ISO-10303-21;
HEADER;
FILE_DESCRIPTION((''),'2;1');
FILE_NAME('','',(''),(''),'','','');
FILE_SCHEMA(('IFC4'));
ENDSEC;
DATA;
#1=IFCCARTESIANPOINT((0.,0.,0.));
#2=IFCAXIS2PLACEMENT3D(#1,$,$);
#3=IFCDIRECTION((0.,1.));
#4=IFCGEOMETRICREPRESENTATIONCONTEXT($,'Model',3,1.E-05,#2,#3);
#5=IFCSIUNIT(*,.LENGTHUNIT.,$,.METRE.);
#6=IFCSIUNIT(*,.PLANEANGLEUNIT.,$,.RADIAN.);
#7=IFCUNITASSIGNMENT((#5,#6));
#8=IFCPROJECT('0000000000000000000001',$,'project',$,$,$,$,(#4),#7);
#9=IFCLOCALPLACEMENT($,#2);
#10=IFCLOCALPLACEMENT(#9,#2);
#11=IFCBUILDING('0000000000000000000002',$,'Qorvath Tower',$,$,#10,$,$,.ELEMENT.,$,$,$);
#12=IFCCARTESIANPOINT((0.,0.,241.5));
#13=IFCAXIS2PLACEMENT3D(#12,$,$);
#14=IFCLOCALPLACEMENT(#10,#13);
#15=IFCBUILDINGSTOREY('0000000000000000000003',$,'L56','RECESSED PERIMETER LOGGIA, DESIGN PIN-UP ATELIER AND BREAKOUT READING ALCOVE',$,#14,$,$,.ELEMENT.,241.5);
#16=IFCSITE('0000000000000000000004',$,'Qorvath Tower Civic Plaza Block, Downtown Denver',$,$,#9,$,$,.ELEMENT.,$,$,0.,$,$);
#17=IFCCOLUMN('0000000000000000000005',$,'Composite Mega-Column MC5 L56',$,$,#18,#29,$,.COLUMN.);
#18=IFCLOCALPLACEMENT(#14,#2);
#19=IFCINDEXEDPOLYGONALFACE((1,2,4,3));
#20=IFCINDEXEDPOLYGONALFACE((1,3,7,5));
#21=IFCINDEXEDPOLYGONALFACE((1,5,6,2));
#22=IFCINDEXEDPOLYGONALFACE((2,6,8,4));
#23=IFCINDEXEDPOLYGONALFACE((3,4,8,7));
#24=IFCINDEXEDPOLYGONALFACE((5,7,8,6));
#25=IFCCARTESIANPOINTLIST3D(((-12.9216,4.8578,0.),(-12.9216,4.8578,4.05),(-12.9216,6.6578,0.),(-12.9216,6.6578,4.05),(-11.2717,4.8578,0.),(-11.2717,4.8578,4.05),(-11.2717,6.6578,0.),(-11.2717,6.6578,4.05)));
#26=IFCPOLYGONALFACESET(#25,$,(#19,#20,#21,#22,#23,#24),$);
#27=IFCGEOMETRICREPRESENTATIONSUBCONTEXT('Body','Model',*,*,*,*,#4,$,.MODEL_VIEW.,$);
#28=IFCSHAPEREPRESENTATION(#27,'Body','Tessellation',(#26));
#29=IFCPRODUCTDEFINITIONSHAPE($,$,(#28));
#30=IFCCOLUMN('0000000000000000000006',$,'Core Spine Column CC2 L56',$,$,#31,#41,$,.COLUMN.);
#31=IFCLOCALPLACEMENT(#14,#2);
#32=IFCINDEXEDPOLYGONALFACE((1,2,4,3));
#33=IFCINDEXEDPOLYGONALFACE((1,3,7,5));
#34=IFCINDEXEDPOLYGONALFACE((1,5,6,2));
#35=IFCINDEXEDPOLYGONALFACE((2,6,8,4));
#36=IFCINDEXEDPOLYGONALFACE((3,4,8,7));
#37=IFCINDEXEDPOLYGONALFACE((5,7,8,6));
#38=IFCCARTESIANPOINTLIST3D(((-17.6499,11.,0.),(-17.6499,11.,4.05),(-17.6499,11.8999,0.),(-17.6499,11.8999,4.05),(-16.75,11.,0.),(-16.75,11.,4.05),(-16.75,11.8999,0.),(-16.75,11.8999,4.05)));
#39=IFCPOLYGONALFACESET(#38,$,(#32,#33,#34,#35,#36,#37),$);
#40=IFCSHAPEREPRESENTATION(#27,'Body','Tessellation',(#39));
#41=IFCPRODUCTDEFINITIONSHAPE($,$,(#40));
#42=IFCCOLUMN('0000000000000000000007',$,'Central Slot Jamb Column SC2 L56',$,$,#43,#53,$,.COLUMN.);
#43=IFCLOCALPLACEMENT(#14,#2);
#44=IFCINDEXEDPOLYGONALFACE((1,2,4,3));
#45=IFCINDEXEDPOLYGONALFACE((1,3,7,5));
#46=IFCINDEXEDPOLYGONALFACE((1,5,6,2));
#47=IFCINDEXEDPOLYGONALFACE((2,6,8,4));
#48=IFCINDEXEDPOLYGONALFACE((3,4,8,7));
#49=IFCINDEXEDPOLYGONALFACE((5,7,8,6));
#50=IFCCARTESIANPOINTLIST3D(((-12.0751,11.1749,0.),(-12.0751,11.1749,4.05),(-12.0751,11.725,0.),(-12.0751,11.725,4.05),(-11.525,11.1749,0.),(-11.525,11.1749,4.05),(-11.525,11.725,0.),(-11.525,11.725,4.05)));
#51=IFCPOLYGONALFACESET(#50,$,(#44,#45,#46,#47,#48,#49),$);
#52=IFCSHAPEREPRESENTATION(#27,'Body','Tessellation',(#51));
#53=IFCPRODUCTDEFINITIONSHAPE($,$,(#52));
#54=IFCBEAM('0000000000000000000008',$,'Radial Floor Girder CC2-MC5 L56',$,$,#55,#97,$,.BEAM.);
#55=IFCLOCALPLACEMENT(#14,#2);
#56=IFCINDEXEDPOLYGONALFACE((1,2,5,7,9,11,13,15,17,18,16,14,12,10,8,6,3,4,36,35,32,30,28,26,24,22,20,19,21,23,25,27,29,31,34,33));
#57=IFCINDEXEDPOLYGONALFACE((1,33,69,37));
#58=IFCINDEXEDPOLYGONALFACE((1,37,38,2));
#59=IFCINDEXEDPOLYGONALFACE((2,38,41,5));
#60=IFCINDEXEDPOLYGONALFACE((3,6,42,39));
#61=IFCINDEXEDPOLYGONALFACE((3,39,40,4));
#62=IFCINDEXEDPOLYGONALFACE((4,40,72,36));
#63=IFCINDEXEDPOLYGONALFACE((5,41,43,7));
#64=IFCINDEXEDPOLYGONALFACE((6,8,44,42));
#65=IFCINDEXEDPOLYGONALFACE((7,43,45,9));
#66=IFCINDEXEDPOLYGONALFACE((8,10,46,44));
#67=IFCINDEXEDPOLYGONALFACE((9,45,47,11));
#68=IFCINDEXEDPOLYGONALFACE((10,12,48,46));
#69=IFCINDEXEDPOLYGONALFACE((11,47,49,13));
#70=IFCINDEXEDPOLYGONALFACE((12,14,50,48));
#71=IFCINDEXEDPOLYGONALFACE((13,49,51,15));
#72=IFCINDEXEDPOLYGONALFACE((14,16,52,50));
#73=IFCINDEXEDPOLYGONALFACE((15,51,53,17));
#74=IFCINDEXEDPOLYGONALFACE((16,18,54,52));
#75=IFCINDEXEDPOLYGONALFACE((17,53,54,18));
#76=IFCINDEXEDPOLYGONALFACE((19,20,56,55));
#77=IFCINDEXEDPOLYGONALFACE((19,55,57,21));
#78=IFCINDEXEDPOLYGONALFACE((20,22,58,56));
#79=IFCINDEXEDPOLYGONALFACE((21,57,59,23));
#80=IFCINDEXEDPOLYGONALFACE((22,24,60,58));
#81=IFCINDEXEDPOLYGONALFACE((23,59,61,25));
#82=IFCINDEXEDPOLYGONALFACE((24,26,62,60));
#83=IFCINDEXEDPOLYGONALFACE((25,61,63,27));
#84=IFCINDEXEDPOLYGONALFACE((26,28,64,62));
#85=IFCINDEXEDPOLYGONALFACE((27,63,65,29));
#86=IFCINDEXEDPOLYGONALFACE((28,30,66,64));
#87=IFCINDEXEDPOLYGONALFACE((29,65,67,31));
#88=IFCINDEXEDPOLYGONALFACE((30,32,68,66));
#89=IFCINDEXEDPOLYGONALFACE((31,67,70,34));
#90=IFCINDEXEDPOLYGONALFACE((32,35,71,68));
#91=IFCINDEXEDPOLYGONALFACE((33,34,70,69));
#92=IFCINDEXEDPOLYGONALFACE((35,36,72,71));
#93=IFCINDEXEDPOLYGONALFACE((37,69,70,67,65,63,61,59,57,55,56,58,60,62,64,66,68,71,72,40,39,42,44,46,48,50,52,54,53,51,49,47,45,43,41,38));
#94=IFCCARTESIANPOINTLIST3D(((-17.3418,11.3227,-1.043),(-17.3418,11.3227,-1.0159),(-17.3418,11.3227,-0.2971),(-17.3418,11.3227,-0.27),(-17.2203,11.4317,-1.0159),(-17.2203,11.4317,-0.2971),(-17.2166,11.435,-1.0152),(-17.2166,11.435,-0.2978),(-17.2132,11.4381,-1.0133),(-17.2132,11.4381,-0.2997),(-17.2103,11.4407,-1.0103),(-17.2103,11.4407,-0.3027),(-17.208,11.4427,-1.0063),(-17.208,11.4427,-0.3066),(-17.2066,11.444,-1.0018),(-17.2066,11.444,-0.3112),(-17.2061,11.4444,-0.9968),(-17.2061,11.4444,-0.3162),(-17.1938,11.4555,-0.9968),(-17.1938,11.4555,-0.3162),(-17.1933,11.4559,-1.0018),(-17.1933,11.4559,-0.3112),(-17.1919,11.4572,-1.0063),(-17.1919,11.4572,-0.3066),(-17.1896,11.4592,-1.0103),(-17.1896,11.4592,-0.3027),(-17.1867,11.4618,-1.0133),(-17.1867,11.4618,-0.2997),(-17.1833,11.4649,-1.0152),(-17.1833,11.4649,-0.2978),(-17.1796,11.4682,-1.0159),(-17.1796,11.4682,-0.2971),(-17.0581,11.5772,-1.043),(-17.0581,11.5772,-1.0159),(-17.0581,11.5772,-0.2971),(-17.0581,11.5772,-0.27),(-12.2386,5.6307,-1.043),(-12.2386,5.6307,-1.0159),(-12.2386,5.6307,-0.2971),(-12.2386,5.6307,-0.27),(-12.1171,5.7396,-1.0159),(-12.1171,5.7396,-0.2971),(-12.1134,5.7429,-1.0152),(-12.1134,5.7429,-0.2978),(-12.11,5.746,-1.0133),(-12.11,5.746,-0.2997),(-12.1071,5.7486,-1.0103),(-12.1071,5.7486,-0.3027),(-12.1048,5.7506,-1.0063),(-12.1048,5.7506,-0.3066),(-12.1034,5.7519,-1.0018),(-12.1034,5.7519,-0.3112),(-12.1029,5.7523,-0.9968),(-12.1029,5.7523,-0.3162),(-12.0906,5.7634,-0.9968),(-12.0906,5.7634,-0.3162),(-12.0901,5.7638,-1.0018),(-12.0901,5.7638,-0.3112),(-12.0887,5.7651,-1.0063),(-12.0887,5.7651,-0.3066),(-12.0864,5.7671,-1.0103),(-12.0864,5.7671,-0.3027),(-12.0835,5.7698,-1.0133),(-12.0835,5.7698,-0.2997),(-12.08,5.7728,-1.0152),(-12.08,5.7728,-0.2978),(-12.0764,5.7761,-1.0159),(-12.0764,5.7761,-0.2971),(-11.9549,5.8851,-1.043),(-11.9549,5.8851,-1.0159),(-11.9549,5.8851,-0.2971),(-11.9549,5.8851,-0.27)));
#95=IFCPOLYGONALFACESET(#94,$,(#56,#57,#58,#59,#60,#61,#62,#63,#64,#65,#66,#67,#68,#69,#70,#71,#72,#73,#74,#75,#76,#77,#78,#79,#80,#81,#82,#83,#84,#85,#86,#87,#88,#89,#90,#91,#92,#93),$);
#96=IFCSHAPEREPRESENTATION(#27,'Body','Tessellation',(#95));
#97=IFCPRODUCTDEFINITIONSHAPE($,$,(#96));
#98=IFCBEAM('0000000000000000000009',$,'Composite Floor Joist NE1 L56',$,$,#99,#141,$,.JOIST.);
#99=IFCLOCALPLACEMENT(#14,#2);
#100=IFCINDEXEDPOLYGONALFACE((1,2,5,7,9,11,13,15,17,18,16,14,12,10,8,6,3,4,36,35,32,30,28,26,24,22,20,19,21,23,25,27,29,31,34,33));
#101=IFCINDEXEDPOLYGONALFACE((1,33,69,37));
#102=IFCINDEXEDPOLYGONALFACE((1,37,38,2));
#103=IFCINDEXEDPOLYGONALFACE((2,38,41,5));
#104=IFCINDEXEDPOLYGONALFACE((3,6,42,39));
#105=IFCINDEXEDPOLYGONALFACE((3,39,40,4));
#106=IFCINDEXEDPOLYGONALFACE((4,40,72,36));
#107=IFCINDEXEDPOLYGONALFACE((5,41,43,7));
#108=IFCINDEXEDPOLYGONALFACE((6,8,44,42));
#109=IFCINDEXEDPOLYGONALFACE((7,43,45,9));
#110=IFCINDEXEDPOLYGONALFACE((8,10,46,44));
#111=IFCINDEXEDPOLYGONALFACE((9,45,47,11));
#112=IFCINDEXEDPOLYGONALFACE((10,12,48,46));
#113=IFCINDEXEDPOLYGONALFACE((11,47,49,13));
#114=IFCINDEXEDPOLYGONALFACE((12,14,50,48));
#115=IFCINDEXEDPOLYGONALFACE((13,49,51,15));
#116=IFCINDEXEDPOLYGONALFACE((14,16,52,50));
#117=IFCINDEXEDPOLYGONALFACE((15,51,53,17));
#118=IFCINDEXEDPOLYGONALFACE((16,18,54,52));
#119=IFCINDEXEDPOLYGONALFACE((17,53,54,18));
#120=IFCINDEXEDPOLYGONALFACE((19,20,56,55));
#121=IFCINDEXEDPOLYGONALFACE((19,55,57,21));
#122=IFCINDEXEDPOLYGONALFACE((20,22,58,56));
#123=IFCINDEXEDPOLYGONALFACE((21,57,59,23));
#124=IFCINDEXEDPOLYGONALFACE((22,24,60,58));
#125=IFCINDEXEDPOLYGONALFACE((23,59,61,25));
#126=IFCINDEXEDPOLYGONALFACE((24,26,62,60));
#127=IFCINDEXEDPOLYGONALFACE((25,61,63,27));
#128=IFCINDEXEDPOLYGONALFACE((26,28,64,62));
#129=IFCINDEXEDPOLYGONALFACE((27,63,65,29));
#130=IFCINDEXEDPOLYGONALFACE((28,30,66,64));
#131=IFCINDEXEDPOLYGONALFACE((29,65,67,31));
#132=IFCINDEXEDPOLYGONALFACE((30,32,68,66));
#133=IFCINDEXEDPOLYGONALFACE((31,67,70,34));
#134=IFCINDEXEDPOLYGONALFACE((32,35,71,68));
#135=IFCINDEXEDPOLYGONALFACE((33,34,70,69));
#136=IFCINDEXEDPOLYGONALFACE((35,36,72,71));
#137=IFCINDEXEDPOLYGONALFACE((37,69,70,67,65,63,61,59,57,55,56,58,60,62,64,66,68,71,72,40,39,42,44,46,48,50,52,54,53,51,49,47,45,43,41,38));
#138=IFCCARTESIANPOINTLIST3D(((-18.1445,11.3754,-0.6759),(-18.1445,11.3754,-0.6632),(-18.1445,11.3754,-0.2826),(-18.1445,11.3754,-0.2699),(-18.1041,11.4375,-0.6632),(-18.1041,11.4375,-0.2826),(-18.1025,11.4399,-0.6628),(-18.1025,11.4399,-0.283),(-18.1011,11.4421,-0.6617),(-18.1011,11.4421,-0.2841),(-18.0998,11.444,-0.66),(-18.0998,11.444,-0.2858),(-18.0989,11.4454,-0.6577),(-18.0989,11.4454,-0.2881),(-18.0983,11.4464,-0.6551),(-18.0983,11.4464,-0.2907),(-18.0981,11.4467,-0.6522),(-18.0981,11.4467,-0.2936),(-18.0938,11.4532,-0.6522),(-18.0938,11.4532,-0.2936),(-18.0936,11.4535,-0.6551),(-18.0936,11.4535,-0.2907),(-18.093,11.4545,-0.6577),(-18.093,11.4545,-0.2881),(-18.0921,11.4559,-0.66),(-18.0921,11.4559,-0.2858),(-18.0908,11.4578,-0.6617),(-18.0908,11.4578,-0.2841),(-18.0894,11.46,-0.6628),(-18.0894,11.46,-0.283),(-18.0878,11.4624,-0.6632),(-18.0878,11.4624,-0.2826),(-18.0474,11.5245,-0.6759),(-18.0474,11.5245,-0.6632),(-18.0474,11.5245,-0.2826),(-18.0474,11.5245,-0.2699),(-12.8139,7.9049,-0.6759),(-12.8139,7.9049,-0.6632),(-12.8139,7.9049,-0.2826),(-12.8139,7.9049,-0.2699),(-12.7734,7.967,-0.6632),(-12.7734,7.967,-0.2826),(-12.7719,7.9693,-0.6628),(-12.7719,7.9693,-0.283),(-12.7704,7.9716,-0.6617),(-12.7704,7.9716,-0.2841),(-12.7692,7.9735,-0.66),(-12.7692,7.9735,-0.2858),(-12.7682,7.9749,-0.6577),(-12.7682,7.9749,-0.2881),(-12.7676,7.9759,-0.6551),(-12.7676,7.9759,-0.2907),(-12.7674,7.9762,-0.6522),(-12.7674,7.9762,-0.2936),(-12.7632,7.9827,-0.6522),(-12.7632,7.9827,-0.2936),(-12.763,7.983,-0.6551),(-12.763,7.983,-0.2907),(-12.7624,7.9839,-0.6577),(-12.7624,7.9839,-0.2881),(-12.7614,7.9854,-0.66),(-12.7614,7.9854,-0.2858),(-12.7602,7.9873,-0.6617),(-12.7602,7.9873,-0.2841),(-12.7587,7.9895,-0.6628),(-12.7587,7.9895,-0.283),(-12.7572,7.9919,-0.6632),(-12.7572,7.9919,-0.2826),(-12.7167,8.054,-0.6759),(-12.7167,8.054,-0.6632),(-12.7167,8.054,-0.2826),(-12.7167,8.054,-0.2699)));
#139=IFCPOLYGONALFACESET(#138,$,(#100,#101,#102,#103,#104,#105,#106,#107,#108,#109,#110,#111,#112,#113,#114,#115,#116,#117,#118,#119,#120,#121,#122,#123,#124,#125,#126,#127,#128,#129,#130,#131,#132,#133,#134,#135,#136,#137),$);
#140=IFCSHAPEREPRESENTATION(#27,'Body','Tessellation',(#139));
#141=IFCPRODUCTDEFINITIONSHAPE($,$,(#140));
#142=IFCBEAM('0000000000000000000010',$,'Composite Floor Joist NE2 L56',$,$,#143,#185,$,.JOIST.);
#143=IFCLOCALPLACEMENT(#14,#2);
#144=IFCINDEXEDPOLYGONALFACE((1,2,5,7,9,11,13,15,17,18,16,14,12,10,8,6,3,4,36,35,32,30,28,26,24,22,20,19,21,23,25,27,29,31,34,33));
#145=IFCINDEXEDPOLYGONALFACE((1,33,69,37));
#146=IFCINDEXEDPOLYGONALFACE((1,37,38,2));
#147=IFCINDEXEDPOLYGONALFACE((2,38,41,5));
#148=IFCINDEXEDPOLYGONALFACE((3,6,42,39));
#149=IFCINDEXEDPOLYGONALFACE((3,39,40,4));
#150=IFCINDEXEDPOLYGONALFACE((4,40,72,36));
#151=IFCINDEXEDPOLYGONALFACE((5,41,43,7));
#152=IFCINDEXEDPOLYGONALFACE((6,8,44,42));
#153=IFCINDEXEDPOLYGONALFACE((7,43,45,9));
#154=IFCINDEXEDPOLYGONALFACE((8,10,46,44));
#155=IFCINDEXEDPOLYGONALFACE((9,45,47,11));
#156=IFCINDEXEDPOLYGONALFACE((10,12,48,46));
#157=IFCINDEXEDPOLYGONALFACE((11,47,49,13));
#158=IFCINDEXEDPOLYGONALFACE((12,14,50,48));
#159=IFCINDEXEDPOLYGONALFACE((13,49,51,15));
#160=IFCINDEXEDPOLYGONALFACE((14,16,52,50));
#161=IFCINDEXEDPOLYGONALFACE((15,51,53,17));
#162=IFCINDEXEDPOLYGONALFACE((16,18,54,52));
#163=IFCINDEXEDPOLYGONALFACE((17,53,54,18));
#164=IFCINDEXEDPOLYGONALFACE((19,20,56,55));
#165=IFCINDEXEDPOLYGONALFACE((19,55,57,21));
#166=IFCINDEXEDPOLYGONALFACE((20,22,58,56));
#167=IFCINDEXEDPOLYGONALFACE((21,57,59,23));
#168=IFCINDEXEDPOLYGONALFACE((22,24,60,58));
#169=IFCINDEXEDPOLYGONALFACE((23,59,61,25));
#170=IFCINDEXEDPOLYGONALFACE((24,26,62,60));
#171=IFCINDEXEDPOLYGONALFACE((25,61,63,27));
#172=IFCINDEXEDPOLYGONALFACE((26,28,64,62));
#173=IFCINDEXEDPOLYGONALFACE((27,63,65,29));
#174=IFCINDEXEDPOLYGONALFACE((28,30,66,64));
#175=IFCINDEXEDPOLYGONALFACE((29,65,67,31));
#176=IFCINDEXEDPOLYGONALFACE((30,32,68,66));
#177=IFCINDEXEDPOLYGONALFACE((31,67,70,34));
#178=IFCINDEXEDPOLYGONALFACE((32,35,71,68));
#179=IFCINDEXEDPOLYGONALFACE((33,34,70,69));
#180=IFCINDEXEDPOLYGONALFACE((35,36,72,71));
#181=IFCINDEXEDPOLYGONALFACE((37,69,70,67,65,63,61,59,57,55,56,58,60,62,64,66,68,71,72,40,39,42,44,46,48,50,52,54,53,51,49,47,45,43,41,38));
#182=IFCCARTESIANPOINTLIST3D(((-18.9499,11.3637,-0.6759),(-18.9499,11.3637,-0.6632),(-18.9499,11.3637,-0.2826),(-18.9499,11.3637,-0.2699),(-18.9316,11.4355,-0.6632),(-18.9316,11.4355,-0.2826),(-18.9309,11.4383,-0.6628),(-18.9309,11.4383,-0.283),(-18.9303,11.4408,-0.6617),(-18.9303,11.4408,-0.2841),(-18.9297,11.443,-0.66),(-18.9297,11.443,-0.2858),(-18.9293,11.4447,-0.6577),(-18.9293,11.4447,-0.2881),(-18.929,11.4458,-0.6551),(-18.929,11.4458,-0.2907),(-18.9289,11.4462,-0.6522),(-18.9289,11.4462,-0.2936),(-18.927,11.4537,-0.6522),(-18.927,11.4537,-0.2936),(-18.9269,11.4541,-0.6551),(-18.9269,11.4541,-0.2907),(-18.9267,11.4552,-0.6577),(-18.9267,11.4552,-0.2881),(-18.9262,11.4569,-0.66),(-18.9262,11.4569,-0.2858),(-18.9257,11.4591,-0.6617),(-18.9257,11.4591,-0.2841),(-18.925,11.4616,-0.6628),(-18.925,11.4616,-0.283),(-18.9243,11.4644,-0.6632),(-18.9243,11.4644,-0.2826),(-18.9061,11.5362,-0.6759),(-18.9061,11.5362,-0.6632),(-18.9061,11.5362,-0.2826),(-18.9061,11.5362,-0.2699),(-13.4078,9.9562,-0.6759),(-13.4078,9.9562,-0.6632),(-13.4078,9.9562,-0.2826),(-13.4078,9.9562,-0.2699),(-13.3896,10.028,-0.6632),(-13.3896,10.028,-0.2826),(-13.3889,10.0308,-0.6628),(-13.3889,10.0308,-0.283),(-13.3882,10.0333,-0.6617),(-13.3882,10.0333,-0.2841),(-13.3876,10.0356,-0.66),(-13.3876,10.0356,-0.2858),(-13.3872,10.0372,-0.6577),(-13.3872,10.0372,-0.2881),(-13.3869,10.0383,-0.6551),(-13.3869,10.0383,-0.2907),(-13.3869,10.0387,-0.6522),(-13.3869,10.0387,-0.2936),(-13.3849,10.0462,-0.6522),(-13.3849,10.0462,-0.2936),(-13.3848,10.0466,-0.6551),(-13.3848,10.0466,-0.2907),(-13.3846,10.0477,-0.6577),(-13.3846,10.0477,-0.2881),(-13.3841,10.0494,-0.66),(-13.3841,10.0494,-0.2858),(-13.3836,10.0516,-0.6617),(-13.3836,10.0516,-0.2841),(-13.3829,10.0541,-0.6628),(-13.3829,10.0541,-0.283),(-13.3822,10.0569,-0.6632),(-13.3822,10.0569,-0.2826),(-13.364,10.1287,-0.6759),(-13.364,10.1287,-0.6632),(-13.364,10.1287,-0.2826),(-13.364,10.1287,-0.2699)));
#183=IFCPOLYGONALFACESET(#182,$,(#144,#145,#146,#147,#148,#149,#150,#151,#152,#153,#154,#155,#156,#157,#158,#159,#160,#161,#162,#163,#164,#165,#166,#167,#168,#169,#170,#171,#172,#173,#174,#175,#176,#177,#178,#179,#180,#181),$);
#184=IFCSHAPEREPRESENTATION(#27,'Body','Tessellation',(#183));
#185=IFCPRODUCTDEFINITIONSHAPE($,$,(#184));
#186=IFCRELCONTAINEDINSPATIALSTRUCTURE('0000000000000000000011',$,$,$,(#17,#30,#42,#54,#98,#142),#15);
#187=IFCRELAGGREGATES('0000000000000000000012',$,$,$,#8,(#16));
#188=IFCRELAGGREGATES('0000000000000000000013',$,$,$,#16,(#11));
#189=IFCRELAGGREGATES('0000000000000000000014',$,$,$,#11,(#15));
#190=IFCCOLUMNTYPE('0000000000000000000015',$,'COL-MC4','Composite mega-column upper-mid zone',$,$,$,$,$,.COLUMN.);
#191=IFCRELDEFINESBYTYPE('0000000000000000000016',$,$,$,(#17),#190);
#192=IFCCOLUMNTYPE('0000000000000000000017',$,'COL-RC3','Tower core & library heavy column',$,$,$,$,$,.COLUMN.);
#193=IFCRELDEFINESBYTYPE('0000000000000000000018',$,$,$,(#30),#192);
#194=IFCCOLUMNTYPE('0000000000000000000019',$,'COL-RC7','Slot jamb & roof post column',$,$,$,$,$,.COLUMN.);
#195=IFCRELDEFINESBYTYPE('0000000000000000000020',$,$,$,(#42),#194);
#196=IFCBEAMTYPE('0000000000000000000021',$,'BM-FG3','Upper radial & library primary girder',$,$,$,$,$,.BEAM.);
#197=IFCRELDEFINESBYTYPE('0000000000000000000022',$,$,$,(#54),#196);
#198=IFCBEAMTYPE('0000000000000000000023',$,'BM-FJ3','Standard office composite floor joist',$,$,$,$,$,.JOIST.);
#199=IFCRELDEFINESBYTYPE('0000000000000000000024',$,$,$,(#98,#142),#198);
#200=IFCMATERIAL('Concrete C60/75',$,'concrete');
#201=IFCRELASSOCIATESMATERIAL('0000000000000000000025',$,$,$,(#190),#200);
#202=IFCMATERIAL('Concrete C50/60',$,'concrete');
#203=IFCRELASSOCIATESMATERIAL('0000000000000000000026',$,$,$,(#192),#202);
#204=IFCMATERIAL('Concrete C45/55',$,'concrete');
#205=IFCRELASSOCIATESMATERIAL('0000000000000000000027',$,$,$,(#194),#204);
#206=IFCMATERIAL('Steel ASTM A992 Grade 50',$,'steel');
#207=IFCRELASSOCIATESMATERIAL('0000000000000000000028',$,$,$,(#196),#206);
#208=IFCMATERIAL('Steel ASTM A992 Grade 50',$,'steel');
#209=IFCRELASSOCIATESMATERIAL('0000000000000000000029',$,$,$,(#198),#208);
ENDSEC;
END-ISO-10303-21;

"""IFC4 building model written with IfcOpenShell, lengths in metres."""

from ifc_helpers import new_model, si_unit, direction, frame, origin, origin_2d, place, context, subcontext, project, spatial, rectangle, i_section, extrude, material, material_profile, profile_set, type_object, element, save


model = new_model("IFC4")

# Units and contexts
model_context = context("Model", 3, precision=1e-05, world=origin(), true_north=direction((0.0, 1.0)))
body_context = subcontext(model_context, "Body", "Model", "MODEL_VIEW")
ifc_project = project(units=[si_unit("LENGTHUNIT", "METRE"), si_unit("PLANEANGLEUNIT", "RADIAN")], contexts=[model_context])

# Site, building, storey
site_placement = place(None, origin())
site = spatial("IfcSite", under=ifc_project, at=site_placement, Name="Qorvath Tower Civic Plaza Block, Downtown Denver", CompositionType="ELEMENT", RefElevation=0.0)
building_placement = place(site_placement, origin())
building = spatial("IfcBuilding", under=site, at=building_placement, Name="Qorvath Tower", CompositionType="ELEMENT")
storey_placement = place(building_placement, frame((0.0, 0.0, 241.5)))
storey = spatial("IfcBuildingStorey", under=building, at=storey_placement, Name="L56", Description="RECESSED PERIMETER LOGGIA, DESIGN PIN-UP ATELIER AND BREAKOUT READING ALCOVE", CompositionType="ELEMENT", Elevation=241.5)

# Columns
ifc_material_1 = material(Name="Concrete C60/75", Category="concrete")
ifc_material_profile_1 = material_profile(ifc_material_1, rectangle(XDim=1.6499, YDim=1.8, at=origin_2d()), Name="MC 1800x1650")
ifc_profile_set_1 = profile_set([ifc_material_profile_1], Name="Concrete C60/75")
column_type_1 = type_object("IfcColumnType", Name="COL-MC4", Description="Composite mega-column upper-mid zone", PredefinedType="COLUMN", material=ifc_profile_set_1)
column_1_placement = place(storey_placement, frame((-12.0967, 5.7578, 0.0), z_axis=(0.0, 0.0, 1.0), x_axis=(1.0, 0.0, 0.0)))
element("IfcColumn", 1, at=column_1_placement, inside=storey, type_object=column_type_1, Name="Composite Mega-Column MC5 L56", PredefinedType="COLUMN", context=body_context, shape_type="SweptSolid", body=[
    extrude(rectangle(XDim=1.6499, YDim=1.8, at=origin_2d()), origin(), (0.0, 0.0, 1.0), 4.05),
])
ifc_material_2 = material(Name="Concrete C50/60", Category="concrete")
ifc_material_profile_2 = material_profile(ifc_material_2, rectangle(XDim=0.8999, YDim=0.8999, at=origin_2d()), Name="RC 900x900")
ifc_profile_set_2 = profile_set([ifc_material_profile_2], Name="Concrete C50/60")
column_type_2 = type_object("IfcColumnType", Name="COL-RC3", Description="Tower core & library heavy column", PredefinedType="COLUMN", material=ifc_profile_set_2)
column_2_placement = place(storey_placement, frame((-17.2, 11.45, 0.0), z_axis=(0.0, 0.0, 1.0), x_axis=(1.0, 0.0, 0.0)))
element("IfcColumn", 2, at=column_2_placement, inside=storey, type_object=column_type_2, Name="Core Spine Column CC2 L56", PredefinedType="COLUMN", context=body_context, shape_type="SweptSolid", body=[
    extrude(rectangle(XDim=0.8999, YDim=0.8999, at=origin_2d()), origin(), (0.0, 0.0, 1.0), 4.05),
])
ifc_material_3 = material(Name="Concrete C45/55", Category="concrete")
ifc_material_profile_3 = material_profile(ifc_material_3, rectangle(XDim=0.55, YDim=0.55, at=origin_2d()), Name="RC 550x550")
ifc_profile_set_3 = profile_set([ifc_material_profile_3], Name="Concrete C45/55")
column_type_3 = type_object("IfcColumnType", Name="COL-RC7", Description="Slot jamb & roof post column", PredefinedType="COLUMN", material=ifc_profile_set_3)
column_3_placement = place(storey_placement, frame((-11.8, 11.45, 0.0), z_axis=(0.0, 0.0, 1.0), x_axis=(1.0, 0.0, 0.0)))
element("IfcColumn", 3, at=column_3_placement, inside=storey, type_object=column_type_3, Name="Central Slot Jamb Column SC2 L56", PredefinedType="COLUMN", context=body_context, shape_type="SweptSolid", body=[
    extrude(rectangle(XDim=0.55, YDim=0.55, at=origin_2d()), origin(), (0.0, 0.0, 1.0), 4.05),
])

# Beams
ifc_material_4 = material(Name="Steel ASTM A992 Grade 50", Category="steel")
ifc_material_profile_4 = material_profile(ifc_material_4, i_section(OverallWidth=0.3811, OverallDepth=0.7729, WebThickness=0.0166, FlangeThickness=0.0271, FilletRadius=0.019, at=origin_2d()), Name="W30x173")
ifc_profile_set_4 = profile_set([ifc_material_profile_4], Name="Steel ASTM A992 Grade 50")
beam_type_1 = type_object("IfcBeamType", Name="BM-FG3", Description="Upper radial & library primary girder", PredefinedType="BEAM", material=ifc_profile_set_4)
beam_1_placement = place(storey_placement, frame((-17.2, 11.45, -0.6565), z_axis=(0.667543, -0.744571, 0.0), x_axis=(0.744571, 0.667543, 0.0)))
element("IfcBeam", 4, at=beam_1_placement, inside=storey, type_object=beam_type_1, Name="Radial Floor Girder CC2-MC5 L56", PredefinedType="BEAM", context=body_context, shape_type="SweptSolid", body=[
    extrude(i_section(OverallWidth=0.3811, OverallDepth=0.7729, WebThickness=0.0166, FlangeThickness=0.0271, FilletRadius=0.019, at=origin_2d()), origin(), (0.0, 0.0, 1.0), 7.6448),
])
ifc_material_5 = material(Name="Steel ASTM A992 Grade 50", Category="steel")
ifc_material_profile_5 = material_profile(ifc_material_5, i_section(OverallWidth=0.178, OverallDepth=0.406, WebThickness=0.0078, FlangeThickness=0.0127, FilletRadius=0.011, at=origin_2d()), Name="W16x40")
ifc_profile_set_5 = profile_set([ifc_material_profile_5], Name="Steel ASTM A992 Grade 50")
beam_type_2 = type_object("IfcBeamType", Name="BM-FJ3", Description="Standard office composite floor joist", PredefinedType="JOIST", material=ifc_profile_set_5)
beam_2_placement = place(storey_placement, frame((-18.0959, 11.45, -0.4729), z_axis=(0.838042, -0.545606, 0.0), x_axis=(0.545606, 0.838042, 0.0)))
element("IfcBeam", 5, at=beam_2_placement, inside=storey, type_object=beam_type_2, Name="Composite Floor Joist NE1 L56", PredefinedType="JOIST", context=body_context, shape_type="SweptSolid", body=[
    extrude(i_section(OverallWidth=0.178, OverallDepth=0.406, WebThickness=0.0078, FlangeThickness=0.0127, FilletRadius=0.011, at=origin_2d()), origin(), (0.0, 0.0, 1.0), 6.3608),
])
beam_3_placement = place(storey_placement, frame((-18.928, 11.45, -0.4729), z_axis=(0.969232, -0.246151, 0.0), x_axis=(0.246151, 0.969232, 0.0)))
element("IfcBeam", 6, at=beam_3_placement, inside=storey, type_object=beam_type_2, Name="Composite Floor Joist NE2 L56", PredefinedType="JOIST", context=body_context, shape_type="SweptSolid", body=[
    extrude(i_section(OverallWidth=0.178, OverallDepth=0.406, WebThickness=0.0078, FlangeThickness=0.0127, FilletRadius=0.011, at=origin_2d()), origin(), (0.0, 0.0, 1.0), 5.718),
])

save(model, "model.ifc")
